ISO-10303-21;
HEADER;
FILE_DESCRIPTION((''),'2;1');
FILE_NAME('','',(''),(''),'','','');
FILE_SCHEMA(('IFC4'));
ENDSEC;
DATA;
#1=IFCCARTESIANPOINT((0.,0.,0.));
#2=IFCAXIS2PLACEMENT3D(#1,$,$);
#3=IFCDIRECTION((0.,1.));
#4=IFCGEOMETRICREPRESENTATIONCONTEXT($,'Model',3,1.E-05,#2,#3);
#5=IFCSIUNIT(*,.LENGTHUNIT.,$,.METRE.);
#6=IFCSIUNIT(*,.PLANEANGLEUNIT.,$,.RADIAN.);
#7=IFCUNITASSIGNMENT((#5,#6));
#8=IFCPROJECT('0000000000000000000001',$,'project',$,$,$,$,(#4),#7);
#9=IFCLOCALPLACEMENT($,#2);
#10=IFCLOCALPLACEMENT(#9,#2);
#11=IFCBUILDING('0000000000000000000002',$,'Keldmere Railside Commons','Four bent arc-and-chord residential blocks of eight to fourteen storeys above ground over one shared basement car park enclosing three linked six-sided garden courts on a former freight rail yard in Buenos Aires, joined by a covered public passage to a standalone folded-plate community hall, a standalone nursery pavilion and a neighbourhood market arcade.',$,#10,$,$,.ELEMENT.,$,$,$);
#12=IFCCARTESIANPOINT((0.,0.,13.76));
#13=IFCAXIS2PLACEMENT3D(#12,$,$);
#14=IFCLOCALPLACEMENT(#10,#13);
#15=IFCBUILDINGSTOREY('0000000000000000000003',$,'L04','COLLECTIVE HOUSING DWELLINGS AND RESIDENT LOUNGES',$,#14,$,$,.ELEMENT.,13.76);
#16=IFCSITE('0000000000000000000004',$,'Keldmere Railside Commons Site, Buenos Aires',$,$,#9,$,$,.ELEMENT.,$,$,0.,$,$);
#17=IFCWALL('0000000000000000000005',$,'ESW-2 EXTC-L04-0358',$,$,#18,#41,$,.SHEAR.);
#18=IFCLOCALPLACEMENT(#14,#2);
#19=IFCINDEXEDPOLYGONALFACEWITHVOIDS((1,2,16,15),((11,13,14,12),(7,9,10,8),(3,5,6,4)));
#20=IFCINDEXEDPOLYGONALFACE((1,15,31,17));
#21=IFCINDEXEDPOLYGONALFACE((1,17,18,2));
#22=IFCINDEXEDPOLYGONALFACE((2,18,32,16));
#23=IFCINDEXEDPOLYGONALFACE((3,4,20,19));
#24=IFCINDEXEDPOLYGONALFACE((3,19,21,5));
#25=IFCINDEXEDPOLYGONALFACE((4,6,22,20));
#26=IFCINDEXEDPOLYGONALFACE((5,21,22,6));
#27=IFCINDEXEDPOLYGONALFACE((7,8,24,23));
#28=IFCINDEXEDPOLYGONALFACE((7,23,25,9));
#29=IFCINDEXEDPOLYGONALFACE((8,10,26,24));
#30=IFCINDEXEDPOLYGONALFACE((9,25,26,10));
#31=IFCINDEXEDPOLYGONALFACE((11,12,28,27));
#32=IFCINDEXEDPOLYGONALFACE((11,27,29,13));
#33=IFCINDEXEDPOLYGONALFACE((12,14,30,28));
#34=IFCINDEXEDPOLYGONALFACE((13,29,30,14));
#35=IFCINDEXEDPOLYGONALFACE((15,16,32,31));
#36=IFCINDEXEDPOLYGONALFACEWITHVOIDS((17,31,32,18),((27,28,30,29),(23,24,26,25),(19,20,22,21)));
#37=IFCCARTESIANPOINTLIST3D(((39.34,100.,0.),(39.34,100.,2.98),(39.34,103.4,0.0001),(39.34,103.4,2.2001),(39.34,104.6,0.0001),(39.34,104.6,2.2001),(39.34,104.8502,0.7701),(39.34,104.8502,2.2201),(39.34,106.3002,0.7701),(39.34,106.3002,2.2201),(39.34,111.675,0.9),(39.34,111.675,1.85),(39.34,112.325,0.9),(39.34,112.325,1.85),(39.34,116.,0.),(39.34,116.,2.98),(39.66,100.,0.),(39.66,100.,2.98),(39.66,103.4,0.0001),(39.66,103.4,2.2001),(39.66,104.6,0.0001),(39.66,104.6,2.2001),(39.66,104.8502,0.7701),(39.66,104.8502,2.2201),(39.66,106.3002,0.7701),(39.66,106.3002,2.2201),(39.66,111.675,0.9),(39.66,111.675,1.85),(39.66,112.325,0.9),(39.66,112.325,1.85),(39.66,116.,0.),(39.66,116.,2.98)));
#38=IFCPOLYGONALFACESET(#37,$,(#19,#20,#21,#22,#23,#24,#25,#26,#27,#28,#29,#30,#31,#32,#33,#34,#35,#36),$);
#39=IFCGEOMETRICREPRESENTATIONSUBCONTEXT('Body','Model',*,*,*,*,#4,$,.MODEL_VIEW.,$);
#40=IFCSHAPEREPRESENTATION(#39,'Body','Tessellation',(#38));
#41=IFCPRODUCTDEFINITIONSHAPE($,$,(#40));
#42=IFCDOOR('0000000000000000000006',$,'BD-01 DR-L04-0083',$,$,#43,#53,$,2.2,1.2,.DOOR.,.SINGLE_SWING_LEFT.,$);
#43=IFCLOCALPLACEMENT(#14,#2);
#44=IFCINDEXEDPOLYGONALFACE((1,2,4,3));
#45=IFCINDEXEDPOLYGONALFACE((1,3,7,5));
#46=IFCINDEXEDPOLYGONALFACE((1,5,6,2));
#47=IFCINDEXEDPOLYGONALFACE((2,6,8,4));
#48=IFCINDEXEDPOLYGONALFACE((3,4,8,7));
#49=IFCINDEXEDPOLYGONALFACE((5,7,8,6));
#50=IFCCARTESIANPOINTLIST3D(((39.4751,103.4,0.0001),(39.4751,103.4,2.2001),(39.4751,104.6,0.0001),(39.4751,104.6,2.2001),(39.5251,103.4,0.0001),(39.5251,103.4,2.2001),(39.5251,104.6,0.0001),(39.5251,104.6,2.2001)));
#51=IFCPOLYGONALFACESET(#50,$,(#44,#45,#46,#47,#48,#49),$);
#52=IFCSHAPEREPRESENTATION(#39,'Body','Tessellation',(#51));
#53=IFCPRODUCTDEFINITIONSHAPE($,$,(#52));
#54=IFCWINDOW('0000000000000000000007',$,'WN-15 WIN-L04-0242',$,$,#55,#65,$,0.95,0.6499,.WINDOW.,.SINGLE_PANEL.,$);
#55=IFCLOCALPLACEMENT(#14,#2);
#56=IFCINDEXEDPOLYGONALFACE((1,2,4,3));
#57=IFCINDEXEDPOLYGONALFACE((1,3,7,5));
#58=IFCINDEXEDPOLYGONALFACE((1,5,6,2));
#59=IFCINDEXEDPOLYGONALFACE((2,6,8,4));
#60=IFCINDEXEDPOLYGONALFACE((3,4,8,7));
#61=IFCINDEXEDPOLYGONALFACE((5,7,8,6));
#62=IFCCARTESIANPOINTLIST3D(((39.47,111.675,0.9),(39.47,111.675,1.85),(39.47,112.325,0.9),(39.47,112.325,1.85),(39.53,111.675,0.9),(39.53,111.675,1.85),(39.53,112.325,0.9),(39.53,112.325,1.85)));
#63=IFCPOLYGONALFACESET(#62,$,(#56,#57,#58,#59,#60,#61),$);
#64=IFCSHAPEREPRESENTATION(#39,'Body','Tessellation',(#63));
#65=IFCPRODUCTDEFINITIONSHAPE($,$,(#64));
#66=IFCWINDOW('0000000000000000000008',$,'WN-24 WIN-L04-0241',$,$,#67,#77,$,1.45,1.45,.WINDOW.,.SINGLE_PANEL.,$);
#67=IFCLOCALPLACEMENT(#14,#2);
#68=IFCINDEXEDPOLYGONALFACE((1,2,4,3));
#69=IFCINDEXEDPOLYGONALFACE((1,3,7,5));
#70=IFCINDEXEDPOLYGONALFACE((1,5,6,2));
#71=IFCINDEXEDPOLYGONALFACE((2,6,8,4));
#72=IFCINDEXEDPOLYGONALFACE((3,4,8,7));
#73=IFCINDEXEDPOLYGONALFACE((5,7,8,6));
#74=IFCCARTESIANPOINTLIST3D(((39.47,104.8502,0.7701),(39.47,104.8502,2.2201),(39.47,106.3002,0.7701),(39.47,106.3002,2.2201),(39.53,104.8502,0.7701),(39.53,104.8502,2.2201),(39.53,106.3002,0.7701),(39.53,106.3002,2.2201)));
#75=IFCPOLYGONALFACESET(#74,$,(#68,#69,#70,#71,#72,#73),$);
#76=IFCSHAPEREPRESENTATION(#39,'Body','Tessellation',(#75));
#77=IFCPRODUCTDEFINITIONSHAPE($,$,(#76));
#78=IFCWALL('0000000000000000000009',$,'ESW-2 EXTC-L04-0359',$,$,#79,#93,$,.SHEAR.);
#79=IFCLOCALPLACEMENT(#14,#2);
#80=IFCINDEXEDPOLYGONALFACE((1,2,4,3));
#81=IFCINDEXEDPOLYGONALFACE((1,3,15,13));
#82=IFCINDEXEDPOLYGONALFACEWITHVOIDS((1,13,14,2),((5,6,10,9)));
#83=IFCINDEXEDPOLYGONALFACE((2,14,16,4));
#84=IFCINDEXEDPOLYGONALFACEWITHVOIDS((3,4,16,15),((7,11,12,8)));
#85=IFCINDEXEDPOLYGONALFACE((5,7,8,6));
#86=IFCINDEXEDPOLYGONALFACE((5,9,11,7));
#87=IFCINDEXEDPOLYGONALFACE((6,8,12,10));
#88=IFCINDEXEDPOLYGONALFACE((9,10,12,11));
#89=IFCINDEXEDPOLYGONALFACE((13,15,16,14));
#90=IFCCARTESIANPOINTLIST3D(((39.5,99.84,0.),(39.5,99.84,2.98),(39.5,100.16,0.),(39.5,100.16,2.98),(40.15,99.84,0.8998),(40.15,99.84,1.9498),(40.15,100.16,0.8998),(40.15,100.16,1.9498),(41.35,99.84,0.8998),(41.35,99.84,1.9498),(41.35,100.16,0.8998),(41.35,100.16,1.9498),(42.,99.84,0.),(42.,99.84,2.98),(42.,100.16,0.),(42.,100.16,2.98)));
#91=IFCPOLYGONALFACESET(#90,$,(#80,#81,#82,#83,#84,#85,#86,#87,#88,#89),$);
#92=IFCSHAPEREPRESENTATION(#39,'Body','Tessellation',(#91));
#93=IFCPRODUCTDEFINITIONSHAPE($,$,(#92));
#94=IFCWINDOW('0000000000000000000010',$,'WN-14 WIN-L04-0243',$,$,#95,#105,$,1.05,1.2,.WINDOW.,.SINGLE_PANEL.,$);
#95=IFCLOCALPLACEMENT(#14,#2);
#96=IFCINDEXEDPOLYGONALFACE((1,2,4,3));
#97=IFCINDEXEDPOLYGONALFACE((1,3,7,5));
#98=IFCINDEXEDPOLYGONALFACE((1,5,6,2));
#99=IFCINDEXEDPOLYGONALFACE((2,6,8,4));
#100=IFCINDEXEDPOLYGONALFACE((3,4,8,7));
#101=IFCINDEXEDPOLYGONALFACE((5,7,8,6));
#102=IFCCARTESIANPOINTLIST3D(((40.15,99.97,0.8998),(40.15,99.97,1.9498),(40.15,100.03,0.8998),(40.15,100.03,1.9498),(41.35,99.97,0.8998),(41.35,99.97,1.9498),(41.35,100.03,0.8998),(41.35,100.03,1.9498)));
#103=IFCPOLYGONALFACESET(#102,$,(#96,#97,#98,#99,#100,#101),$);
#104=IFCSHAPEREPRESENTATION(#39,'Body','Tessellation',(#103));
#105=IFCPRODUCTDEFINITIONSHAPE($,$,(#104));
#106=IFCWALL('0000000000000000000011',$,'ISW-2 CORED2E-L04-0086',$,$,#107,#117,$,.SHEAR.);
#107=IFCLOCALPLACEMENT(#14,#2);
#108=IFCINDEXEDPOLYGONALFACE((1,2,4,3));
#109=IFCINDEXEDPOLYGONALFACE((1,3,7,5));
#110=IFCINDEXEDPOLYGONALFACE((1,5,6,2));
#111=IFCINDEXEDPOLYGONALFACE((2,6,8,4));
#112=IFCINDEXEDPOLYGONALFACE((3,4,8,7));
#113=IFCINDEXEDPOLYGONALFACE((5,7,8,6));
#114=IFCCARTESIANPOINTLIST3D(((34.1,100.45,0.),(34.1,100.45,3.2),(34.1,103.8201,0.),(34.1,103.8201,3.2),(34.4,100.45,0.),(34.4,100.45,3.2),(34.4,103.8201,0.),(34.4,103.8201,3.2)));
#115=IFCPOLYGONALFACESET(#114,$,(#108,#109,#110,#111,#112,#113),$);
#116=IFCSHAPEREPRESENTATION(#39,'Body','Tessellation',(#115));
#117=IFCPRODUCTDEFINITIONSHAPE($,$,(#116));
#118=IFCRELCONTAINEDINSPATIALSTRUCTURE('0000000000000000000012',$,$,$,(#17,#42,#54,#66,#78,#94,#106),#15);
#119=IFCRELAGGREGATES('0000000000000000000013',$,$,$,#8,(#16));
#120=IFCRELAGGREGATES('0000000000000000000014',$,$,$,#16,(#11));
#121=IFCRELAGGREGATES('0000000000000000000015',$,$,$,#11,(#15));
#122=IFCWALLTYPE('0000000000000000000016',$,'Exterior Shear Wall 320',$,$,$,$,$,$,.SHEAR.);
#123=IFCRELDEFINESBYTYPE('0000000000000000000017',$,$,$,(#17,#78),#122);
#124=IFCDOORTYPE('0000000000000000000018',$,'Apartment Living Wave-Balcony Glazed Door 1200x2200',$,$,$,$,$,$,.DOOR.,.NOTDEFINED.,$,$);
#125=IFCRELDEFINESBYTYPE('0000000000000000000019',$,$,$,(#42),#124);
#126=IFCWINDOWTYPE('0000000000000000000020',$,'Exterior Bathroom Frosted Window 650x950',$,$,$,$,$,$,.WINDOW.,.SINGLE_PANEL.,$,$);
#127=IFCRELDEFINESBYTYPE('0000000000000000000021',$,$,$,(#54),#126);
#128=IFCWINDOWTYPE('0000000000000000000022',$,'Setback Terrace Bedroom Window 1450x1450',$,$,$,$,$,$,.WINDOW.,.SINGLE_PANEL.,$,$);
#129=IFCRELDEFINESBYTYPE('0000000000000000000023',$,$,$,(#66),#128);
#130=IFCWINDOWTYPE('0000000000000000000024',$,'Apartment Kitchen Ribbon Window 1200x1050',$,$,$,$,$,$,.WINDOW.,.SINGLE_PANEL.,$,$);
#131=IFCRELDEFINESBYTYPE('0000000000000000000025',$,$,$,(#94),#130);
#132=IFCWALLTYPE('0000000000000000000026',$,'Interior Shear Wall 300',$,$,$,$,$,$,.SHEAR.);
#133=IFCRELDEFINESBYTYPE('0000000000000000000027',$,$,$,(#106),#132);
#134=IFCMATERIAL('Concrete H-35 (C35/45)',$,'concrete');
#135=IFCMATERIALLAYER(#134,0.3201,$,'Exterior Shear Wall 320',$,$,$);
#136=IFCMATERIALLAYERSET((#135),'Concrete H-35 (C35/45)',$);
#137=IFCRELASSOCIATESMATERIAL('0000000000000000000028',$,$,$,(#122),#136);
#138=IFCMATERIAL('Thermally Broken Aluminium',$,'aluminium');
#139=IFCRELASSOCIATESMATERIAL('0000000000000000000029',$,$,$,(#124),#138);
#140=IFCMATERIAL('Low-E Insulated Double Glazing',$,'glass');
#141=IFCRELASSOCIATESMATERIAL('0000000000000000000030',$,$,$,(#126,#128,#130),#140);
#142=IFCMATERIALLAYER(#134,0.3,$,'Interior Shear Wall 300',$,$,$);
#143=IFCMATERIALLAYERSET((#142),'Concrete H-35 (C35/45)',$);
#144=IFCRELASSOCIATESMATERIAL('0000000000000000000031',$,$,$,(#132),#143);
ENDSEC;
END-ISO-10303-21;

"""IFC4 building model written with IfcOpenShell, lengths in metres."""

from ifc_helpers import new_model, si_unit, direction, frame, frame_2d, origin, place, context, subcontext, project, spatial, rectangle, extrude, material, layer, layer_set, type_object, element, fill, save


model = new_model("IFC4")

# Units and contexts
model_context = context("Model", 3, precision=1e-05, world=origin(), true_north=direction((0.0, 1.0)))
body_context = subcontext(model_context, "Body", "Model", "MODEL_VIEW")
ifc_project = project(units=[si_unit("LENGTHUNIT", "METRE"), si_unit("PLANEANGLEUNIT", "RADIAN")], contexts=[model_context])

# Site, building, storey
site_placement = place(None, origin())
site = spatial("IfcSite", under=ifc_project, at=site_placement, Name="Keldmere Railside Commons Site, Buenos Aires", CompositionType="ELEMENT", RefElevation=0.0)
building_placement = place(site_placement, origin())
building = spatial("IfcBuilding", under=site, at=building_placement, Name="Keldmere Railside Commons", Description="Four bent arc-and-chord residential blocks of eight to fourteen storeys above ground over one shared basement car park enclosing three linked six-sided garden courts on a former freight rail yard in Buenos Aires, joined by a covered public passage to a standalone folded-plate community hall, a standalone nursery pavilion and a neighbourhood market arcade.", CompositionType="ELEMENT")
storey_placement = place(building_placement, frame((0.0, 0.0, 13.76)))
storey = spatial("IfcBuildingStorey", under=building, at=storey_placement, Name="L04", Description="COLLECTIVE HOUSING DWELLINGS AND RESIDENT LOUNGES", CompositionType="ELEMENT", Elevation=13.76)

# Shared definitions
ifc_material_1 = material(Name="Concrete H-35 (C35/45)", Category="concrete")

# Shared definitions
ifc_material_2 = material(Name="Thermally Broken Aluminium", Category="aluminium")

# Shared definitions
ifc_layer_1 = layer(ifc_material_1, 0.3201, Name="Exterior Shear Wall 320")
ifc_layer_set_1 = layer_set([ifc_layer_1], Name="Concrete H-35 (C35/45)")
wall_type_1 = type_object("IfcWallType", Name="Exterior Shear Wall 320", PredefinedType="SHEAR", material=ifc_layer_set_1)
ifc_material_3 = material(Name="Low-E Insulated Double Glazing", Category="glass")

# Wall, openings, door, windows
wall_1_placement = place(storey_placement, frame((39.5, 100.0, 0.0), z_axis=(0.0, 0.0, 1.0), x_axis=(0.0, 1.0, 0.0)))
wall_1 = element("IfcWall", 1, at=wall_1_placement, inside=storey, type_object=wall_type_1, Name="ESW-2 EXTC-L04-0358", PredefinedType="SHEAR", context=body_context, shape_type="SweptSolid", body=[
    extrude(rectangle(XDim=16.0, YDim=0.3201, at=frame_2d((8.0, 0.0))), origin(), (0.0, 0.0, 1.0), 2.98),
])
opening_1_placement = place(wall_1_placement, frame((3.3999, 0.0, 0.0)))
opening_1 = element("IfcOpeningElement", 2, at=opening_1_placement, cuts=wall_1, PredefinedType="OPENING", context=body_context, shape_type="SweptSolid", body=[
    extrude(rectangle(XDim=1.2, YDim=2.2, at=frame_2d((0.6001, 1.1001))), frame((0.0, 0.1699, 0.0), z_axis=(0.0, -1.0, 0.0), x_axis=(1.0, 0.0, 0.0)), (0.0, 0.0, 1.0), 0.3401),
])
opening_2_placement = place(wall_1_placement, frame((4.8501, 0.0, 0.77)))
opening_2 = element("IfcOpeningElement", 3, at=opening_2_placement, cuts=wall_1, PredefinedType="OPENING", context=body_context, shape_type="SweptSolid", body=[
    extrude(rectangle(XDim=1.45, YDim=1.45, at=frame_2d((0.7251, 0.7251))), frame((0.0, 0.1699, 0.0), z_axis=(0.0, -1.0, 0.0), x_axis=(1.0, 0.0, 0.0)), (0.0, 0.0, 1.0), 0.3401),
])
opening_3_placement = place(wall_1_placement, frame((11.675, 0.0, 0.8999)))
opening_3 = element("IfcOpeningElement", 4, at=opening_3_placement, cuts=wall_1, PredefinedType="OPENING", context=body_context, shape_type="SweptSolid", body=[
    extrude(rectangle(XDim=0.6499, YDim=0.95, at=frame_2d((0.325, 0.4751))), frame((0.0, 0.1699, 0.0), z_axis=(0.0, -1.0, 0.0), x_axis=(1.0, 0.0, 0.0)), (0.0, 0.0, 1.0), 0.3401),
])
door_type = type_object("IfcDoorType", Name="Apartment Living Wave-Balcony Glazed Door 1200x2200", OperationType="NOTDEFINED", PredefinedType="DOOR", material=ifc_material_2)
door_placement = place(opening_1_placement, origin())
door = element("IfcDoor", 5, at=door_placement, inside=storey, type_object=door_type, Name="BD-01 DR-L04-0083", OperationType="SINGLE_SWING_LEFT", OverallHeight=2.2, OverallWidth=1.2, PredefinedType="DOOR", context=body_context, shape_type="SweptSolid", body=[
    extrude(rectangle(XDim=1.2, YDim=2.2, at=frame_2d((0.6001, 1.1001))), frame((0.0, 0.0249, 0.0), z_axis=(0.0, -1.0, 0.0), x_axis=(1.0, 0.0, 0.0)), (0.0, 0.0, 1.0), 0.05),
])
fill(opening_1, door)
window_type_1 = type_object("IfcWindowType", Name="Exterior Bathroom Frosted Window 650x950", PartitioningType="SINGLE_PANEL", PredefinedType="WINDOW", material=ifc_material_3)
window_1_placement = place(opening_3_placement, origin())
window_1 = element("IfcWindow", 6, at=window_1_placement, inside=storey, type_object=window_type_1, Name="WN-15 WIN-L04-0242", OverallHeight=0.95, OverallWidth=0.6499, PartitioningType="SINGLE_PANEL", PredefinedType="WINDOW", context=body_context, shape_type="SweptSolid", body=[
    extrude(rectangle(XDim=0.6499, YDim=0.95, at=frame_2d((0.325, 0.4751))), frame((0.0, 0.03, 0.0), z_axis=(0.0, -1.0, 0.0), x_axis=(1.0, 0.0, 0.0)), (0.0, 0.0, 1.0), 0.0601),
])
fill(opening_3, window_1)
window_type_2 = type_object("IfcWindowType", Name="Setback Terrace Bedroom Window 1450x1450", PartitioningType="SINGLE_PANEL", PredefinedType="WINDOW", material=ifc_material_3)
window_2_placement = place(opening_2_placement, origin())
window_2 = element("IfcWindow", 7, at=window_2_placement, inside=storey, type_object=window_type_2, Name="WN-24 WIN-L04-0241", OverallHeight=1.45, OverallWidth=1.45, PartitioningType="SINGLE_PANEL", PredefinedType="WINDOW", context=body_context, shape_type="SweptSolid", body=[
    extrude(rectangle(XDim=1.45, YDim=1.45, at=frame_2d((0.7251, 0.7251))), frame((0.0, 0.03, 0.0), z_axis=(0.0, -1.0, 0.0), x_axis=(1.0, 0.0, 0.0)), (0.0, 0.0, 1.0), 0.0601),
])
fill(opening_2, window_2)

# Wall, opening, window
wall_2_placement = place(storey_placement, frame((42.0, 100.0, 0.0), z_axis=(0.0, 0.0, 1.0), x_axis=(-1.0, 0.0, 0.0)))
wall_2 = element("IfcWall", 8, at=wall_2_placement, inside=storey, type_object=wall_type_1, Name="ESW-2 EXTC-L04-0359", PredefinedType="SHEAR", context=body_context, shape_type="SweptSolid", body=[
    extrude(rectangle(XDim=2.5, YDim=0.3201, at=frame_2d((1.25, 0.0))), origin(), (0.0, 0.0, 1.0), 2.98),
])
opening_4_placement = place(wall_2_placement, frame((0.6499, 0.0, 0.8999)))
opening_4 = element("IfcOpeningElement", 9, at=opening_4_placement, cuts=wall_2, PredefinedType="OPENING", context=body_context, shape_type="SweptSolid", body=[
    extrude(rectangle(XDim=1.2, YDim=1.05, at=frame_2d((0.6001, 0.5249))), frame((0.0, 0.1699, 0.0), z_axis=(0.0, -1.0, 0.0), x_axis=(1.0, 0.0, 0.0)), (0.0, 0.0, 1.0), 0.3401),
])
window_type_3 = type_object("IfcWindowType", Name="Apartment Kitchen Ribbon Window 1200x1050", PartitioningType="SINGLE_PANEL", PredefinedType="WINDOW", material=ifc_material_3)
window_3_placement = place(opening_4_placement, origin())
window_3 = element("IfcWindow", 10, at=window_3_placement, inside=storey, type_object=window_type_3, Name="WN-14 WIN-L04-0243", OverallHeight=1.05, OverallWidth=1.2, PartitioningType="SINGLE_PANEL", PredefinedType="WINDOW", context=body_context, shape_type="SweptSolid", body=[
    extrude(rectangle(XDim=1.2, YDim=1.05, at=frame_2d((0.6001, 0.5249))), frame((0.0, 0.03, 0.0), z_axis=(0.0, -1.0, 0.0), x_axis=(1.0, 0.0, 0.0)), (0.0, 0.0, 1.0), 0.0601),
])
fill(opening_4, window_3)

# Wall
ifc_layer_2 = layer(ifc_material_1, 0.3, Name="Interior Shear Wall 300")
ifc_layer_set_2 = layer_set([ifc_layer_2], Name="Concrete H-35 (C35/45)")
wall_type_2 = type_object("IfcWallType", Name="Interior Shear Wall 300", PredefinedType="SHEAR", material=ifc_layer_set_2)
wall_3_placement = place(storey_placement, frame((34.25, 100.45, 0.0), z_axis=(0.0, 0.0, 1.0), x_axis=(0.0, 1.0, 0.0)))
element("IfcWall", 11, at=wall_3_placement, inside=storey, type_object=wall_type_2, Name="ISW-2 CORED2E-L04-0086", PredefinedType="SHEAR", context=body_context, shape_type="SweptSolid", body=[
    extrude(rectangle(XDim=3.3701, YDim=0.3, at=frame_2d((1.6851, 0.0))), origin(), (0.0, 0.0, 1.0), 3.2),
])

save(model, "model.ifc")
